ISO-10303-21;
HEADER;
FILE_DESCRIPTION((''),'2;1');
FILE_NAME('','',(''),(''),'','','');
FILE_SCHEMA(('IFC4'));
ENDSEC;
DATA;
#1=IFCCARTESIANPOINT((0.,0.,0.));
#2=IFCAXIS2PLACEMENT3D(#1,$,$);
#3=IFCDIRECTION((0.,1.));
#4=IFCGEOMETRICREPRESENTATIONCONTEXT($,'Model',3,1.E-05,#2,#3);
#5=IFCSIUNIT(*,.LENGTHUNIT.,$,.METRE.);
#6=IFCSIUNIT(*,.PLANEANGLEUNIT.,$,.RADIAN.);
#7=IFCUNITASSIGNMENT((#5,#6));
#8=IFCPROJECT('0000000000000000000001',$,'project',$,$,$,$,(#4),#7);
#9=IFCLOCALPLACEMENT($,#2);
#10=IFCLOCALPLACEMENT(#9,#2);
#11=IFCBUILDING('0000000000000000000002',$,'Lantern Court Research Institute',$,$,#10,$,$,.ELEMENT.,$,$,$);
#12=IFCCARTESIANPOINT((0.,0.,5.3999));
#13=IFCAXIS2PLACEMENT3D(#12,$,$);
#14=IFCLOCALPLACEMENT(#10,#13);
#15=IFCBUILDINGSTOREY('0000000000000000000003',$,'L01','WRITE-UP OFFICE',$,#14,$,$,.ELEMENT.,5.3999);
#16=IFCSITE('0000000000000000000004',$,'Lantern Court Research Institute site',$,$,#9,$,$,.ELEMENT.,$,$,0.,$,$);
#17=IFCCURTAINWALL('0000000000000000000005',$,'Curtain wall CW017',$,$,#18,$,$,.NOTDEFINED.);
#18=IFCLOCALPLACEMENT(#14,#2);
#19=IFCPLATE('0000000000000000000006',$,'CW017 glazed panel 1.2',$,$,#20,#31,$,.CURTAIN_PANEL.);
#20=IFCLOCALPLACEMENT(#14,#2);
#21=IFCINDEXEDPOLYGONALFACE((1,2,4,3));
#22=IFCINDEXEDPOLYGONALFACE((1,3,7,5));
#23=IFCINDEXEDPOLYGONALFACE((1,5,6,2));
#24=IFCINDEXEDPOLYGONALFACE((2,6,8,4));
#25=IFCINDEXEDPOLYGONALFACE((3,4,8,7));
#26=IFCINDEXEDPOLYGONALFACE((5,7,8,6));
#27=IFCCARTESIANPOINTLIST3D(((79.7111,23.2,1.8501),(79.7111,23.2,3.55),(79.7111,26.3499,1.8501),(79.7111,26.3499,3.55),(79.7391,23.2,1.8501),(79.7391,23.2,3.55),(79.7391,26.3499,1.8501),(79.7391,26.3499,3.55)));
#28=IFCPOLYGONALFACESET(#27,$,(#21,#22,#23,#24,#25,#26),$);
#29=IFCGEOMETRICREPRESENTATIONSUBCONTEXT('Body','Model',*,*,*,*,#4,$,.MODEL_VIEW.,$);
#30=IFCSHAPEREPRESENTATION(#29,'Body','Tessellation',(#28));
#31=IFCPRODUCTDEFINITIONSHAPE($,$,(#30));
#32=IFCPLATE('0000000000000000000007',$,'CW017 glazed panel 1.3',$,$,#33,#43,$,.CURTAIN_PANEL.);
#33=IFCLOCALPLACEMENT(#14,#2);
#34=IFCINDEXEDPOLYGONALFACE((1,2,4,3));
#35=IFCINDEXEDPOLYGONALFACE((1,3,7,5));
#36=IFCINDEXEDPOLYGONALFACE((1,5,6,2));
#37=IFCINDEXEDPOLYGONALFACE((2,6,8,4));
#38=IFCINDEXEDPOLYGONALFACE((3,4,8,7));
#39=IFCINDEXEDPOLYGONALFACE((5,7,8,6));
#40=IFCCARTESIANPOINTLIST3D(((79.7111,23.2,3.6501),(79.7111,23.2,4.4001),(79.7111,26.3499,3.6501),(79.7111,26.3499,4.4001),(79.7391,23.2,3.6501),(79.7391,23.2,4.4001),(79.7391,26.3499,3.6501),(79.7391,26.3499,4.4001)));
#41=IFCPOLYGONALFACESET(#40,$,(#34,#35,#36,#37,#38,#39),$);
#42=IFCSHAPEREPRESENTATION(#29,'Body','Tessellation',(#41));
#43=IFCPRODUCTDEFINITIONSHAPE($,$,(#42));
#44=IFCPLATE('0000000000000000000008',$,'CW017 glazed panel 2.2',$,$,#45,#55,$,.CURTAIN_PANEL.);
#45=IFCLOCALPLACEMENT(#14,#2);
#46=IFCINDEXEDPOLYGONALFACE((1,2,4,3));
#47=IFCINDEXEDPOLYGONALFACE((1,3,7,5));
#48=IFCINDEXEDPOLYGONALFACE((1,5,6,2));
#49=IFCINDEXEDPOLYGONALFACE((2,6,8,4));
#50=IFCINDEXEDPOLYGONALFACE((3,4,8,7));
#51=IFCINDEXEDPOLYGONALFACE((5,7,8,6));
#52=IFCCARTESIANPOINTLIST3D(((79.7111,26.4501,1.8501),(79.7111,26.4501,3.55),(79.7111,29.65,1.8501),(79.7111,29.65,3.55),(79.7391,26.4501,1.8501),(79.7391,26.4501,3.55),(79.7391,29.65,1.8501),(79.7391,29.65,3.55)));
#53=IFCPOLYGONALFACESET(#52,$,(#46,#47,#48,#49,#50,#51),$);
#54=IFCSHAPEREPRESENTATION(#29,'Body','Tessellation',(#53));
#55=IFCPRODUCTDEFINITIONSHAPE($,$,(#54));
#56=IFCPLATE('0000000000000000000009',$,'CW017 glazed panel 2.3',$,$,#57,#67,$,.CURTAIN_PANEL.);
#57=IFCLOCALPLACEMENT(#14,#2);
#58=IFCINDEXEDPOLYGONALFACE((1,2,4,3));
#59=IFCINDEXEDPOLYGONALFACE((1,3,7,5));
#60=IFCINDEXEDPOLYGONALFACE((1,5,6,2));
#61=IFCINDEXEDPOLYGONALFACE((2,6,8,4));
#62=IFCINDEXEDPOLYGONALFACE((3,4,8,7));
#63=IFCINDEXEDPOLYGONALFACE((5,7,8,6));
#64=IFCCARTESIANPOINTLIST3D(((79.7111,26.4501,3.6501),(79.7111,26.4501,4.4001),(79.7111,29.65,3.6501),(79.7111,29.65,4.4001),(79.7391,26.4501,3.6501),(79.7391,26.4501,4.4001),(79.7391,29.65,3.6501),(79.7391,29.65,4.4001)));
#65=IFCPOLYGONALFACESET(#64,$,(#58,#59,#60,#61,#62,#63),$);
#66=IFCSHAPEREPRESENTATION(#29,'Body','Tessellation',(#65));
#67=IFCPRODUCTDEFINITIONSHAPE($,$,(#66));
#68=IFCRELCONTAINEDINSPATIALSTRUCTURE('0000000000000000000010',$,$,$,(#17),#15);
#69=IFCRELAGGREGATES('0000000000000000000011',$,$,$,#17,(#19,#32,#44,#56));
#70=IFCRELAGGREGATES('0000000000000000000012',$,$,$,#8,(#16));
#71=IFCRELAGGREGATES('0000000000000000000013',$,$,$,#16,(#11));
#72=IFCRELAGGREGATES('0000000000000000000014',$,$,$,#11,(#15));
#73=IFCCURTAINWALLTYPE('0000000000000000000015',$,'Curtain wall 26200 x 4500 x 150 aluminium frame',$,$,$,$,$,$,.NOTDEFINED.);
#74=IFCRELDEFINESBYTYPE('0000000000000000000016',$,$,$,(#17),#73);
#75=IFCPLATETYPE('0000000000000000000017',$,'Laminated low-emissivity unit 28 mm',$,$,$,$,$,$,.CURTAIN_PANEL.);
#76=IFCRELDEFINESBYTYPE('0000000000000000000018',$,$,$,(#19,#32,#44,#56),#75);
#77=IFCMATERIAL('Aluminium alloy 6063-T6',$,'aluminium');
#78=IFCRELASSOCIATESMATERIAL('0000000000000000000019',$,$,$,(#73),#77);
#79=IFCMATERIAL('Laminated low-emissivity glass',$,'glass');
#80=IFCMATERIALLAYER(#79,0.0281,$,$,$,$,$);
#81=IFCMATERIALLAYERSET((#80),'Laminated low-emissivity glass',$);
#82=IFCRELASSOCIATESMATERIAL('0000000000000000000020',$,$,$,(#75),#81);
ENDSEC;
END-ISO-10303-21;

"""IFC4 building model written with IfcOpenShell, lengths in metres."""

from ifc_helpers import new_model, si_unit, direction, frame, origin, origin_2d, place, context, subcontext, project, spatial, rectangle, extrude, material, layer, layer_set, type_object, element, aggregate, save


model = new_model("IFC4")

# Units and contexts
model_context = context("Model", 3, precision=1e-05, world=origin(), true_north=direction((0.0, 1.0)))
body_context = subcontext(model_context, "Body", "Model", "MODEL_VIEW")
ifc_project = project(units=[si_unit("LENGTHUNIT", "METRE"), si_unit("PLANEANGLEUNIT", "RADIAN")], contexts=[model_context])

# Site, building, storey
site_placement = place(None, origin())
site = spatial("IfcSite", under=ifc_project, at=site_placement, Name="Lantern Court Research Institute site", CompositionType="ELEMENT", RefElevation=0.0)
building_placement = place(site_placement, origin())
building = spatial("IfcBuilding", under=site, at=building_placement, Name="Lantern Court Research Institute", CompositionType="ELEMENT")
storey_placement = place(building_placement, frame((0.0, 0.0, 5.3999)))
storey = spatial("IfcBuildingStorey", under=building, at=storey_placement, Name="L01", Description="WRITE-UP OFFICE", CompositionType="ELEMENT", Elevation=5.3999)

# Curtain wall, plates
ifc_material_1 = material(Name="Aluminium alloy 6063-T6", Category="aluminium")
curtain_wall_type = type_object("IfcCurtainWallType", Name="Curtain wall 26200 x 4500 x 150 aluminium frame", PredefinedType="NOTDEFINED", material=ifc_material_1)
curtain_wall_placement = place(storey_placement, origin())
curtain_wall = element("IfcCurtainWall", 1, at=curtain_wall_placement, inside=storey, type_object=curtain_wall_type, Name="Curtain wall CW017", PredefinedType="NOTDEFINED")
ifc_material_2 = material(Name="Laminated low-emissivity glass", Category="glass")
ifc_layer_1 = layer(ifc_material_2, 0.0281)
ifc_layer_set_1 = layer_set([ifc_layer_1], Name="Laminated low-emissivity glass")
plate_type_1 = type_object("IfcPlateType", Name="Laminated low-emissivity unit 28 mm", PredefinedType="CURTAIN_PANEL", material=ifc_layer_set_1)
plate_1_placement = place(storey_placement, frame((79.7251, 24.7749, 1.8501), z_axis=(0.0, 0.0, 1.0), x_axis=(0.0, -1.0, 0.0)))
plate_1 = element("IfcPlate", 2, at=plate_1_placement, type_object=plate_type_1, Name="CW017 glazed panel 1.2", PredefinedType="CURTAIN_PANEL", context=body_context, shape_type="SweptSolid", body=[
    extrude(rectangle(XDim=3.1499, YDim=0.0281, at=origin_2d()), origin(), (0.0, 0.0, 1.0), 1.7),
])
plate_2_placement = place(storey_placement, frame((79.7251, 24.7749, 3.6501), z_axis=(0.0, 0.0, 1.0), x_axis=(0.0, -1.0, 0.0)))
plate_2 = element("IfcPlate", 3, at=plate_2_placement, type_object=plate_type_1, Name="CW017 glazed panel 1.3", PredefinedType="CURTAIN_PANEL", context=body_context, shape_type="SweptSolid", body=[
    extrude(rectangle(XDim=3.1499, YDim=0.0281, at=origin_2d()), origin(), (0.0, 0.0, 1.0), 0.75),
])
plate_3_placement = place(storey_placement, frame((79.7251, 28.05, 1.8501), z_axis=(0.0, 0.0, 1.0), x_axis=(0.0, -1.0, 0.0)))
plate_3 = element("IfcPlate", 4, at=plate_3_placement, type_object=plate_type_1, Name="CW017 glazed panel 2.2", PredefinedType="CURTAIN_PANEL", context=body_context, shape_type="SweptSolid", body=[
    extrude(rectangle(XDim=3.2, YDim=0.0281, at=origin_2d()), origin(), (0.0, 0.0, 1.0), 1.7),
])
plate_4_placement = place(storey_placement, frame((79.7251, 28.05, 3.6501), z_axis=(0.0, 0.0, 1.0), x_axis=(0.0, -1.0, 0.0)))
plate_4 = element("IfcPlate", 5, at=plate_4_placement, type_object=plate_type_1, Name="CW017 glazed panel 2.3", PredefinedType="CURTAIN_PANEL", context=body_context, shape_type="SweptSolid", body=[
    extrude(rectangle(XDim=3.2, YDim=0.0281, at=origin_2d()), origin(), (0.0, 0.0, 1.0), 0.75),
])
aggregate(curtain_wall, [plate_1, plate_2, plate_3, plate_4])

save(model, "model.ifc")
